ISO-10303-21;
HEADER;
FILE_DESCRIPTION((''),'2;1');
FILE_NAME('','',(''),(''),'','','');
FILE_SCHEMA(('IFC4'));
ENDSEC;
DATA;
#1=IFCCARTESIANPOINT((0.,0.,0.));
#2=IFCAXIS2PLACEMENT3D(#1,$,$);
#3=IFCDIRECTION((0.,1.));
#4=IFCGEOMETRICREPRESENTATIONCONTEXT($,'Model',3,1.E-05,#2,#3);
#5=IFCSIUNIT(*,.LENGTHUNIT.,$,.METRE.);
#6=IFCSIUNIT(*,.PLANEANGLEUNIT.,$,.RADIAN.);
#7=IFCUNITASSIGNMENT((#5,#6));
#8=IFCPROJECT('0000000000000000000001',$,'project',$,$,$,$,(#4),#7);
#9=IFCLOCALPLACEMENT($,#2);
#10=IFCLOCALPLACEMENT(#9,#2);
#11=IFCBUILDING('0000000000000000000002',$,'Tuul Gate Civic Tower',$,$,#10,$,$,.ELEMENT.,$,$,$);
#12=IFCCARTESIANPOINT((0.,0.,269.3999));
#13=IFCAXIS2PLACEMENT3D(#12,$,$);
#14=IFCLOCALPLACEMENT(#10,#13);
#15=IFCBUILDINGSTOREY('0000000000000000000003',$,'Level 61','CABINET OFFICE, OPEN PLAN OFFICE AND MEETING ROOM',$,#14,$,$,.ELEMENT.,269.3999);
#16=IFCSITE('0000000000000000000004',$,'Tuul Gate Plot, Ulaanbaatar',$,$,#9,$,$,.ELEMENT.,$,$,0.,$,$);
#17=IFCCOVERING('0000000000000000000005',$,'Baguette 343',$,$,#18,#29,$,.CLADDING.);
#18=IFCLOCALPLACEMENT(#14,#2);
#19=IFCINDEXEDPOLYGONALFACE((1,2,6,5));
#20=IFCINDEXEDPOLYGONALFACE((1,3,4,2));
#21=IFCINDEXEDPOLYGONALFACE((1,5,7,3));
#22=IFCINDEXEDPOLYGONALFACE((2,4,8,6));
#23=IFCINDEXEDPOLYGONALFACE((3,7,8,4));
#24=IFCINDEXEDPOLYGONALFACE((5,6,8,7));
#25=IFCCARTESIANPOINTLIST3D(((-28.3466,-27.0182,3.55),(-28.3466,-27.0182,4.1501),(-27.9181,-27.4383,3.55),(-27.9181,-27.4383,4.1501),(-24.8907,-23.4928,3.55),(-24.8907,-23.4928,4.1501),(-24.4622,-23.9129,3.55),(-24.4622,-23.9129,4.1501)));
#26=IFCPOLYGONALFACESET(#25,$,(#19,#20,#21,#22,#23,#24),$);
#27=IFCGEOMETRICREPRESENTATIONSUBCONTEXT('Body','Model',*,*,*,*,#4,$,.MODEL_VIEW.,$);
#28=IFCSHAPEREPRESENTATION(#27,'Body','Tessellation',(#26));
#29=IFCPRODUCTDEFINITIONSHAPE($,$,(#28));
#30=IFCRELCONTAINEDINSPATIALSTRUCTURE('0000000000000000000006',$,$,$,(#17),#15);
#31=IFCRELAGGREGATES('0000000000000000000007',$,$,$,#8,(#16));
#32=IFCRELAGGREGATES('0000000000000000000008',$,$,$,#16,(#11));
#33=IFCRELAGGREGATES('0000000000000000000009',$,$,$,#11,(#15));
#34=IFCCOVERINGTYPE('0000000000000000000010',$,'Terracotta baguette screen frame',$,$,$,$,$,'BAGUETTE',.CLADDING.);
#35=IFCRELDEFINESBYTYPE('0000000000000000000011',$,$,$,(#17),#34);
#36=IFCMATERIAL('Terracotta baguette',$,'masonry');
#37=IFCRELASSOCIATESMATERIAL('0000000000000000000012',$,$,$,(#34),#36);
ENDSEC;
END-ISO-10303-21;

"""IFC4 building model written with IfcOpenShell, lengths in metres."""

from ifc_helpers import new_model, si_unit, direction, frame, origin, origin_2d, place, context, subcontext, project, spatial, rectangle, extrude, material, material_profile, profile_set, type_object, element, save


model = new_model("IFC4")

# Units and contexts
model_context = context("Model", 3, precision=1e-05, world=origin(), true_north=direction((0.0, 1.0)))
body_context = subcontext(model_context, "Body", "Model", "MODEL_VIEW")
ifc_project = project(units=[si_unit("LENGTHUNIT", "METRE"), si_unit("PLANEANGLEUNIT", "RADIAN")], contexts=[model_context])

# Site, building, storey
site_placement = place(None, origin())
site = spatial("IfcSite", under=ifc_project, at=site_placement, Name="Tuul Gate Plot, Ulaanbaatar", CompositionType="ELEMENT", RefElevation=0.0)
building_placement = place(site_placement, origin())
building = spatial("IfcBuilding", under=site, at=building_placement, Name="Tuul Gate Civic Tower", CompositionType="ELEMENT")
storey_placement = place(building_placement, frame((0.0, 0.0, 269.3999)))
storey = spatial("IfcBuildingStorey", under=building, at=storey_placement, Name="Level 61", Description="CABINET OFFICE, OPEN PLAN OFFICE AND MEETING ROOM", CompositionType="ELEMENT", Elevation=269.3999)

# Covering
ifc_material_1 = material(Name="Terracotta baguette", Category="masonry")
ifc_material_profile_1 = material_profile(ifc_material_1, rectangle(XDim=0.6001, YDim=0.6001, at=origin_2d()), Name="Terracotta baguette screen frame")
ifc_profile_set_1 = profile_set([ifc_material_profile_1], Name="Terracotta baguette")
covering_type = type_object("IfcCoveringType", Name="Terracotta baguette screen frame", ElementType="BAGUETTE", PredefinedType="CLADDING", material=ifc_profile_set_1)
covering_1_placement = place(storey_placement, frame((-28.1323, -27.2283, 3.8501), z_axis=(0.700024, 0.714119, 0.0), x_axis=(-0.714119, 0.700024, 0.0)))
element("IfcCovering", 1, at=covering_1_placement, inside=storey, type_object=covering_type, Name="Baguette 343", PredefinedType="CLADDING", context=body_context, shape_type="SweptSolid", body=[
    extrude(rectangle(XDim=0.6001, YDim=0.6001, at=origin_2d()), origin(), (0.0, 0.0, 1.0), 4.9368),
])

save(model, "model.ifc")
